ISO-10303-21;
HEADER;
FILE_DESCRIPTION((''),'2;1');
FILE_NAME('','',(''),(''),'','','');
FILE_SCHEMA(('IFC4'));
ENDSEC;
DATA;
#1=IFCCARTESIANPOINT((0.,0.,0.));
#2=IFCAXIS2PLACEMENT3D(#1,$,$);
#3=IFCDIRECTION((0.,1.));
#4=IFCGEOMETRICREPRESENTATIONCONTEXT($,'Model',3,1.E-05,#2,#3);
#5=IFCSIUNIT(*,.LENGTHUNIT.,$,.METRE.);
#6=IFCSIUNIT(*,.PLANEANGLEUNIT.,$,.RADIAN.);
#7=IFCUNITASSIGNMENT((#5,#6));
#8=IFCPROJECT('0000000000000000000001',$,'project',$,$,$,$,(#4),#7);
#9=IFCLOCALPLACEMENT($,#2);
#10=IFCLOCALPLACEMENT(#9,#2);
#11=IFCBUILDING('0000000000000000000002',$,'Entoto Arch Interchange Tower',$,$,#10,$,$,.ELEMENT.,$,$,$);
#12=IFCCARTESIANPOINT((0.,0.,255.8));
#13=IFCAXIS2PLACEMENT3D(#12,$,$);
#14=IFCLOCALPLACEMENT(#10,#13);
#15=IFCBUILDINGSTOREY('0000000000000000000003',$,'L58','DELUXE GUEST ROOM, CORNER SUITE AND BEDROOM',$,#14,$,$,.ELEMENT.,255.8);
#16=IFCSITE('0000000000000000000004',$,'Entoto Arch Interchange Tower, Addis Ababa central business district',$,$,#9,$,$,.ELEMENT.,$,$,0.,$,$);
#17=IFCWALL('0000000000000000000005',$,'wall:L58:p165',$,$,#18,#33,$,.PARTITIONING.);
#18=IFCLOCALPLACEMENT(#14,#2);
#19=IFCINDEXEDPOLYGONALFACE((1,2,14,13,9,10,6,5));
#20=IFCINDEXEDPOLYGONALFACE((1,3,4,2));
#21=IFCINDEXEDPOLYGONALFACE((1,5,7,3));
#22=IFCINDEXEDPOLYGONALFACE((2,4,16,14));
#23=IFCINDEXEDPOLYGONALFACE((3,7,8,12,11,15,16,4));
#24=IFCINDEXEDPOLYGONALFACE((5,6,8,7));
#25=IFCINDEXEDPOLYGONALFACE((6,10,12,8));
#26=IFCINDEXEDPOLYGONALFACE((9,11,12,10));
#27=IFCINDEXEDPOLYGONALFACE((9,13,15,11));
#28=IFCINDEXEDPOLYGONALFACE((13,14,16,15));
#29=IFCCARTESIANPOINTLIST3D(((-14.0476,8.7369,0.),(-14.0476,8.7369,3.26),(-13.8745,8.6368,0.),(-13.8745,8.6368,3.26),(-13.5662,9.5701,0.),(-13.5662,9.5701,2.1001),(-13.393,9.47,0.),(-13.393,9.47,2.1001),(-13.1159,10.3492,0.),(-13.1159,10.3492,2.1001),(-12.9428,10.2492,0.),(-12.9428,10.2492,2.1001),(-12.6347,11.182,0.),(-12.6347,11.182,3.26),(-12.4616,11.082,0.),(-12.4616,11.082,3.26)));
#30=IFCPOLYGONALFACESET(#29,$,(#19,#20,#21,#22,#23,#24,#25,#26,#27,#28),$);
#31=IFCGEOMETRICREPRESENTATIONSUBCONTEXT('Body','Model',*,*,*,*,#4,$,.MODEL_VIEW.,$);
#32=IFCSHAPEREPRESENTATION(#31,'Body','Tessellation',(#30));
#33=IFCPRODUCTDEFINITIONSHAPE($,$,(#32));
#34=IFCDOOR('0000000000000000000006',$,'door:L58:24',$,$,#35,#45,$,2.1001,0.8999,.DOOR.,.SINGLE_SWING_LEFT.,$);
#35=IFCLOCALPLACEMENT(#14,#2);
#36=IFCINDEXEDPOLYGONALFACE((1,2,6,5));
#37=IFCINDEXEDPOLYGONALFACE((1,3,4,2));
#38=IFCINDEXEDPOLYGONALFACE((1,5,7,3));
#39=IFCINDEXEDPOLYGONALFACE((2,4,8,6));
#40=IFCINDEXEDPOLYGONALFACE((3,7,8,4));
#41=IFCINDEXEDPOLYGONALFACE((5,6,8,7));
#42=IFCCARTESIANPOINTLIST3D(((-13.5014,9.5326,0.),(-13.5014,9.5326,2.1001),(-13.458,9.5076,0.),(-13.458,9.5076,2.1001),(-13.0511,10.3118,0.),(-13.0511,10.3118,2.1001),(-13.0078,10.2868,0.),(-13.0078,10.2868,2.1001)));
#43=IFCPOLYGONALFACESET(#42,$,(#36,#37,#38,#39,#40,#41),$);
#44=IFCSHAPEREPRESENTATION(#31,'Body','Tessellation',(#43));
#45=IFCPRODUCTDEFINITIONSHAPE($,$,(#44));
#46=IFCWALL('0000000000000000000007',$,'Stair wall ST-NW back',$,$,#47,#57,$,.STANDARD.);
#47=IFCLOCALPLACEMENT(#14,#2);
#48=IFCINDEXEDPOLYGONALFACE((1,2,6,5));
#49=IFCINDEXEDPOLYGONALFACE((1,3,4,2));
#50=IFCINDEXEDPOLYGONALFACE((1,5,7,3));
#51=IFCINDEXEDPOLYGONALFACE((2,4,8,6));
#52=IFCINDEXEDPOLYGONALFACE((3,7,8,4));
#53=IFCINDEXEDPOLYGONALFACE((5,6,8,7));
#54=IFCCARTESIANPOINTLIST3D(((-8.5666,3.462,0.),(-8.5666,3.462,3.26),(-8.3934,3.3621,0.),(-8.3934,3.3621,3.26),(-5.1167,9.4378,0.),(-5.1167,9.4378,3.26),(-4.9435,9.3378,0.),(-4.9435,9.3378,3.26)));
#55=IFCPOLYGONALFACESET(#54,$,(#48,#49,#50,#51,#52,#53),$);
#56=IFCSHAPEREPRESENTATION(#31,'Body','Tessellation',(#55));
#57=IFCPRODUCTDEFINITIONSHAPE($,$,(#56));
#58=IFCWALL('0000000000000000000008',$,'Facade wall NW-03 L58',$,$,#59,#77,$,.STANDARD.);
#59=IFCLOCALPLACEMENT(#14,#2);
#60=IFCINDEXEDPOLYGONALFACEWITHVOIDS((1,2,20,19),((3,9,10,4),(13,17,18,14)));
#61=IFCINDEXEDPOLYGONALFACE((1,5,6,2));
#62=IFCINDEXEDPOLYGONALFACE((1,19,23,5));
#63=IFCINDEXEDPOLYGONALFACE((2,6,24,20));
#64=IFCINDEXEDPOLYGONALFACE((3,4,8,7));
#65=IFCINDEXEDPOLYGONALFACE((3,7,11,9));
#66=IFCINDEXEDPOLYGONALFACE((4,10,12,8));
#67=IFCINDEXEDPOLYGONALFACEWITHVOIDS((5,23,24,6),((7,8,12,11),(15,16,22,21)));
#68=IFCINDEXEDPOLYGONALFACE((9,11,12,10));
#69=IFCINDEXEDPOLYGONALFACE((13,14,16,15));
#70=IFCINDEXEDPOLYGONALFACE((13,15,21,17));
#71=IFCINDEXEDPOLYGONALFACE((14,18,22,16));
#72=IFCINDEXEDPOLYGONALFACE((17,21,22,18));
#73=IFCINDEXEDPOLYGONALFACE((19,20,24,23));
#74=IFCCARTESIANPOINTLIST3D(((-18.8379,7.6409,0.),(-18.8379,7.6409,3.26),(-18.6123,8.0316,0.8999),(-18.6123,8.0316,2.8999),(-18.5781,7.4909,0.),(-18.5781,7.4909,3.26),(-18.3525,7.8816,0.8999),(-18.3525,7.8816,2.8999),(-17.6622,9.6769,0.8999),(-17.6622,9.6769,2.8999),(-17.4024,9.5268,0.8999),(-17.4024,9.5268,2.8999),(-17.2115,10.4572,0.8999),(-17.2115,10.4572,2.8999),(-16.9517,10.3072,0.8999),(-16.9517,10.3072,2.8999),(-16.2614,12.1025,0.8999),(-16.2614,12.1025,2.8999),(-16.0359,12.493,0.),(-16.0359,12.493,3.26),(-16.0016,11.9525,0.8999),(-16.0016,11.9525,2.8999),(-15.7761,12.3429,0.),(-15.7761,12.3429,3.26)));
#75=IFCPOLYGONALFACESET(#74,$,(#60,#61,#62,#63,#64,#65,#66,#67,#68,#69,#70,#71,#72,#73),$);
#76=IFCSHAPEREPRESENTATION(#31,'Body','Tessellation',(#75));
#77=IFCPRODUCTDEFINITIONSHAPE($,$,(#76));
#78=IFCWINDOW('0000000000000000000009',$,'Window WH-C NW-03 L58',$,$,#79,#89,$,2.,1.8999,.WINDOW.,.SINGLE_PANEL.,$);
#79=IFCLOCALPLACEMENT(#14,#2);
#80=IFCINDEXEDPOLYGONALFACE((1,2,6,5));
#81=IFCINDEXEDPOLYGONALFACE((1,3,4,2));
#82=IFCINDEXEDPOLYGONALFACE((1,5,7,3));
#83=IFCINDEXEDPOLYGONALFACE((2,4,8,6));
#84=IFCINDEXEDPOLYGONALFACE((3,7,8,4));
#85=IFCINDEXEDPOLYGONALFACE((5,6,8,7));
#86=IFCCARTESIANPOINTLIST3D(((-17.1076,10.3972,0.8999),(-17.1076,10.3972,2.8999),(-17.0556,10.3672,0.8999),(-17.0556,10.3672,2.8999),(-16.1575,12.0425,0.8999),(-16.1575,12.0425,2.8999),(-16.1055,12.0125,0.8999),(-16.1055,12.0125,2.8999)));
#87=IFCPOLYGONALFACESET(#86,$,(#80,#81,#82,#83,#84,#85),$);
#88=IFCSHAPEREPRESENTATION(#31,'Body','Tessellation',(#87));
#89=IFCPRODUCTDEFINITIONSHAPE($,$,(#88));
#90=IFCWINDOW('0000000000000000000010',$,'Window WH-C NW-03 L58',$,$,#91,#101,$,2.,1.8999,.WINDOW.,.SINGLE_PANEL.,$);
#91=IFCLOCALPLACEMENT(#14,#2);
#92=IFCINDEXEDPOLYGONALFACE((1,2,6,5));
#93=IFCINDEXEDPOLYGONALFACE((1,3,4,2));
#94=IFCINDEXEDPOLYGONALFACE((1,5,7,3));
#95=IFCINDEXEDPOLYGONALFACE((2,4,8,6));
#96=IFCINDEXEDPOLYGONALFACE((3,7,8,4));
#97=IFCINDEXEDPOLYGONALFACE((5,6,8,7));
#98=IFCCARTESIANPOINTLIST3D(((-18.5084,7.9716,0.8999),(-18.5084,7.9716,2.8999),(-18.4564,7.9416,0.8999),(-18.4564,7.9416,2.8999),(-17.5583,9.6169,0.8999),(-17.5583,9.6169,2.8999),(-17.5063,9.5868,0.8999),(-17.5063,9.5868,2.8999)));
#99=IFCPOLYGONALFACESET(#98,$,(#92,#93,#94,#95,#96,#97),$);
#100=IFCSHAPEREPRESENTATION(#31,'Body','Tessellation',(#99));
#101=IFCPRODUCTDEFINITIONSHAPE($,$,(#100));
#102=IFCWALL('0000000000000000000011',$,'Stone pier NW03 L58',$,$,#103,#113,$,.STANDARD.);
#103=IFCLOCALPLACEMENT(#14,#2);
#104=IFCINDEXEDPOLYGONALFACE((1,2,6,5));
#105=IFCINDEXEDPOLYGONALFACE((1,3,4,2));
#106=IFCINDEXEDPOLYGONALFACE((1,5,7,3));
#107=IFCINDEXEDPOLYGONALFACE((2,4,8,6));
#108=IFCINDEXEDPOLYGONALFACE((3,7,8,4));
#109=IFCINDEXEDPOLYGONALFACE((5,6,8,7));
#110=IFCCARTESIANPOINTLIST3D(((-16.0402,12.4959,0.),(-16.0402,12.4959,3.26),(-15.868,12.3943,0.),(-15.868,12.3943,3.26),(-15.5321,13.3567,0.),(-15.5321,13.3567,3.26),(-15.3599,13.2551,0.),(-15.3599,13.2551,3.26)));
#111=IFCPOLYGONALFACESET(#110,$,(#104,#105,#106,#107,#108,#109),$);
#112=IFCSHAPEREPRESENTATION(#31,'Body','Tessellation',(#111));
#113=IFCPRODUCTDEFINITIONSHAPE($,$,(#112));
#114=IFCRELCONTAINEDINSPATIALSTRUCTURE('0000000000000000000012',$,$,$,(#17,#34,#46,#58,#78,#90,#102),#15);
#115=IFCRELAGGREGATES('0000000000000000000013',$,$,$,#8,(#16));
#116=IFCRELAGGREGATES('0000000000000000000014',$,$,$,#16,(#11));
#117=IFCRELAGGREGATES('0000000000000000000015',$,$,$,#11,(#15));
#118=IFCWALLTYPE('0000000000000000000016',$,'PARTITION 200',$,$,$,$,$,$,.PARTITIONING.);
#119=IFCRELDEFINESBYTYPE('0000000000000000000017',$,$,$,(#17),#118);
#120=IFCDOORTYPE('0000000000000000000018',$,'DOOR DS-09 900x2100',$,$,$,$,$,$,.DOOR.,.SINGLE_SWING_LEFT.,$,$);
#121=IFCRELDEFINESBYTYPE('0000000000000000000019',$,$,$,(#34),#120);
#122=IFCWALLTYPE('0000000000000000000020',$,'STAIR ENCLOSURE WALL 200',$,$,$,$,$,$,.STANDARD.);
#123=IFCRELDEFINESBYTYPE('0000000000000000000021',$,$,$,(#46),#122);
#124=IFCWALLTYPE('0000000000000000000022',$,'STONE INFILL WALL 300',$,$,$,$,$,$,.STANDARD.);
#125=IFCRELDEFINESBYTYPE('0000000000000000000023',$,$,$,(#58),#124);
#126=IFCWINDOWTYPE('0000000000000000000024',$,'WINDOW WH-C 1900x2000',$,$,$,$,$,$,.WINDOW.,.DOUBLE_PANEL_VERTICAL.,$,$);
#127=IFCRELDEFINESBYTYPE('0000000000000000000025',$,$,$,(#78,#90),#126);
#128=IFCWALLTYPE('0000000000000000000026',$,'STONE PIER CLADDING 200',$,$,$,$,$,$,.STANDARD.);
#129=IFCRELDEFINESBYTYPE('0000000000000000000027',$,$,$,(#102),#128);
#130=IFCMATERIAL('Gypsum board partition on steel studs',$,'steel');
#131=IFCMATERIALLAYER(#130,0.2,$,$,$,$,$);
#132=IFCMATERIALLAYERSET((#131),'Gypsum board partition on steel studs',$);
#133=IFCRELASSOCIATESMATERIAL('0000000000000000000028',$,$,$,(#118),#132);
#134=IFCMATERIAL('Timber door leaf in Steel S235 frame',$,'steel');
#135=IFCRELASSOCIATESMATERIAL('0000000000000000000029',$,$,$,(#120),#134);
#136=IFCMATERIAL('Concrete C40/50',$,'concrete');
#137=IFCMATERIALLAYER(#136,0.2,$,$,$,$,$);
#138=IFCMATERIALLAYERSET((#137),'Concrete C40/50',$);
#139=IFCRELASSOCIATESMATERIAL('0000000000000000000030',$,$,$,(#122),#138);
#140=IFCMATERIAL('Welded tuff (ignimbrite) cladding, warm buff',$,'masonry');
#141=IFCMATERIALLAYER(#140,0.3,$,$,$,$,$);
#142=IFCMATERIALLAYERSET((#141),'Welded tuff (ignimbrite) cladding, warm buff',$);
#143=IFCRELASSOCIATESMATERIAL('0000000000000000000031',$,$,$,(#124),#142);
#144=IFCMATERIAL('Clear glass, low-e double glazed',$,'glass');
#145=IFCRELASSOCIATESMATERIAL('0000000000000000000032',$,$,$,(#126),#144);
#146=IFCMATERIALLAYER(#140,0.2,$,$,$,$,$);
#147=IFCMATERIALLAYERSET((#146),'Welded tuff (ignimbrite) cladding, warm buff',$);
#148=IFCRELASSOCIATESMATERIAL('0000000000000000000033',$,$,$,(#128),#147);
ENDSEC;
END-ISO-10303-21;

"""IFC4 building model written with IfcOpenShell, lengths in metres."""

from ifc_helpers import new_model, si_unit, direction, frame, frame_2d, origin, place, context, subcontext, project, spatial, rectangle, extrude, material, layer, layer_set, type_object, element, fill, save


model = new_model("IFC4")

# Units and contexts
model_context = context("Model", 3, precision=1e-05, world=origin(), true_north=direction((0.0, 1.0)))
body_context = subcontext(model_context, "Body", "Model", "MODEL_VIEW")
ifc_project = project(units=[si_unit("LENGTHUNIT", "METRE"), si_unit("PLANEANGLEUNIT", "RADIAN")], contexts=[model_context])

# Site, building, storey
site_placement = place(None, origin())
site = spatial("IfcSite", under=ifc_project, at=site_placement, Name="Entoto Arch Interchange Tower, Addis Ababa central business district", CompositionType="ELEMENT", RefElevation=0.0)
building_placement = place(site_placement, origin())
building = spatial("IfcBuilding", under=site, at=building_placement, Name="Entoto Arch Interchange Tower", CompositionType="ELEMENT")
storey_placement = place(building_placement, frame((0.0, 0.0, 255.8)))
storey = spatial("IfcBuildingStorey", under=building, at=storey_placement, Name="L58", Description="DELUXE GUEST ROOM, CORNER SUITE AND BEDROOM", CompositionType="ELEMENT", Elevation=255.8)

# Shared definitions
ifc_material_1 = material(Name="Concrete C40/50", Category="concrete")

# Shared definitions
ifc_material_2 = material(Name="Gypsum board partition on steel studs", Category="steel")
ifc_layer_1 = layer(ifc_material_2, 0.2)
ifc_layer_set_1 = layer_set([ifc_layer_1], Name="Gypsum board partition on steel studs")
wall_type_1 = type_object("IfcWallType", Name="PARTITION 200", PredefinedType="PARTITIONING", material=ifc_layer_set_1)

# Shared definitions
ifc_material_3 = material(Name="Timber door leaf in Steel S235 frame", Category="steel")

# Shared definitions
door_type_1 = type_object("IfcDoorType", Name="DOOR DS-09 900x2100", OperationType="SINGLE_SWING_LEFT", PredefinedType="DOOR", material=ifc_material_3)

# Wall, opening, door
wall_1_placement = place(storey_placement, frame((-12.5481, 11.1321, 0.0), z_axis=(0.0, 0.0, 1.0), x_axis=(-0.500314, -0.865844, 0.0)))
wall_1 = element("IfcWall", 1, at=wall_1_placement, inside=storey, type_object=wall_type_1, Name="wall:L58:p165", PredefinedType="PARTITIONING", context=body_context, shape_type="SweptSolid", body=[
    extrude(rectangle(XDim=2.824, YDim=0.2, at=frame_2d((1.4121, 0.0))), origin(), (0.0, 0.0, 1.0), 3.26),
])
opening_1_placement = place(wall_1_placement, frame((0.9619, 0.0, 0.0)))
opening_1 = element("IfcOpeningElement", 2, at=opening_1_placement, cuts=wall_1, PredefinedType="OPENING", context=body_context, shape_type="SweptSolid", body=[
    extrude(rectangle(XDim=0.8999, YDim=2.1001, at=frame_2d((0.45, 1.05))), frame((0.0, 0.1099, 0.0), z_axis=(0.0, -1.0, 0.0), x_axis=(1.0, 0.0, 0.0)), (0.0, 0.0, 1.0), 0.22),
])
door_1_placement = place(opening_1_placement, origin())
door_1 = element("IfcDoor", 3, at=door_1_placement, inside=storey, type_object=door_type_1, Name="door:L58:24", OperationType="SINGLE_SWING_LEFT", OverallHeight=2.1001, OverallWidth=0.8999, PredefinedType="DOOR", context=body_context, shape_type="SweptSolid", body=[
    extrude(rectangle(XDim=0.8999, YDim=2.1001, at=frame_2d((0.45, 1.05))), frame((0.0, 0.0249, 0.0), z_axis=(0.0, -1.0, 0.0), x_axis=(1.0, 0.0, 0.0)), (0.0, 0.0, 1.0), 0.05),
])
fill(opening_1, door_1)

# Wall
ifc_layer_2 = layer(ifc_material_1, 0.2)
ifc_layer_set_2 = layer_set([ifc_layer_2], Name="Concrete C40/50")
wall_type_2 = type_object("IfcWallType", Name="STAIR ENCLOSURE WALL 200", PredefinedType="STANDARD", material=ifc_layer_set_2)
wall_2_placement = place(storey_placement, frame((-5.03, 9.3879, 0.0), z_axis=(0.0, 0.0, 1.0), x_axis=(-0.499979, -0.866038, 0.0)))
element("IfcWall", 4, at=wall_2_placement, inside=storey, type_object=wall_type_2, Name="Stair wall ST-NW back", PredefinedType="STANDARD", context=body_context, shape_type="SweptSolid", body=[
    extrude(rectangle(XDim=6.9001, YDim=0.2, at=frame_2d((3.4502, 0.0))), origin(), (0.0, 0.0, 1.0), 3.26),
])

# Wall, openings, windows
ifc_material_4 = material(Name="Welded tuff (ignimbrite) cladding, warm buff", Category="masonry")
ifc_layer_3 = layer(ifc_material_4, 0.3)
ifc_layer_set_3 = layer_set([ifc_layer_3], Name="Welded tuff (ignimbrite) cladding, warm buff")
wall_type_3 = type_object("IfcWallType", Name="STONE INFILL WALL 300", PredefinedType="STANDARD", material=ifc_layer_set_3)
wall_3_placement = place(storey_placement, frame((-15.906, 12.418, 0.0), z_axis=(0.0, 0.0, 1.0), x_axis=(-0.50009, -0.865974, 0.0)))
wall_3 = element("IfcWall", 5, at=wall_3_placement, inside=storey, type_object=wall_type_3, Name="Facade wall NW-03 L58", PredefinedType="STANDARD", context=body_context, shape_type="SweptSolid", body=[
    extrude(rectangle(XDim=5.603, YDim=0.3, at=frame_2d((2.8015, 0.0))), origin(), (0.0, 0.0, 1.0), 3.26),
])
opening_2_placement = place(wall_3_placement, frame((0.4509, 0.0, 0.8999)))
opening_2 = element("IfcOpeningElement", 6, at=opening_2_placement, cuts=wall_3, PredefinedType="OPENING", context=body_context, shape_type="SweptSolid", body=[
    extrude(rectangle(XDim=1.8999, YDim=2.0, at=frame_2d((0.95, 1.0))), frame((0.0, 0.1602, 0.0), z_axis=(0.0, -1.0, 0.0), x_axis=(1.0, 0.0, 0.0)), (0.0, 0.0, 1.0), 0.3201),
])
opening_3_placement = place(wall_3_placement, frame((3.252, 0.0, 0.8999)))
opening_3 = element("IfcOpeningElement", 7, at=opening_3_placement, cuts=wall_3, PredefinedType="OPENING", context=body_context, shape_type="SweptSolid", body=[
    extrude(rectangle(XDim=1.8999, YDim=2.0, at=frame_2d((0.95, 1.0))), frame((0.0, 0.1602, 0.0), z_axis=(0.0, -1.0, 0.0), x_axis=(1.0, 0.0, 0.0)), (0.0, 0.0, 1.0), 0.3201),
])
ifc_material_5 = material(Name="Clear glass, low-e double glazed", Category="glass")
window_type = type_object("IfcWindowType", Name="WINDOW WH-C 1900x2000", PartitioningType="DOUBLE_PANEL_VERTICAL", PredefinedType="WINDOW", material=ifc_material_5)
window_1_placement = place(opening_2_placement, origin())
window_1 = element("IfcWindow", 8, at=window_1_placement, inside=storey, type_object=window_type, Name="Window WH-C NW-03 L58", OverallHeight=2.0, OverallWidth=1.8999, PartitioningType="SINGLE_PANEL", PredefinedType="WINDOW", context=body_context, shape_type="SweptSolid", body=[
    extrude(rectangle(XDim=1.8999, YDim=2.0, at=frame_2d((0.95, 1.0))), frame((0.0, 0.03, 0.0), z_axis=(0.0, -1.0, 0.0), x_axis=(1.0, 0.0, 0.0)), (0.0, 0.0, 1.0), 0.0601),
])
fill(opening_2, window_1)
window_2_placement = place(opening_3_placement, origin())
window_2 = element("IfcWindow", 9, at=window_2_placement, inside=storey, type_object=window_type, Name="Window WH-C NW-03 L58", OverallHeight=2.0, OverallWidth=1.8999, PartitioningType="SINGLE_PANEL", PredefinedType="WINDOW", context=body_context, shape_type="SweptSolid", body=[
    extrude(rectangle(XDim=1.8999, YDim=2.0, at=frame_2d((0.95, 1.0))), frame((0.0, 0.03, 0.0), z_axis=(0.0, -1.0, 0.0), x_axis=(1.0, 0.0, 0.0)), (0.0, 0.0, 1.0), 0.0601),
])
fill(opening_3, window_2)

# Wall
ifc_layer_4 = layer(ifc_material_4, 0.2)
ifc_layer_set_4 = layer_set([ifc_layer_4], Name="Welded tuff (ignimbrite) cladding, warm buff")
wall_type_4 = type_object("IfcWallType", Name="STONE PIER CLADDING 200", PredefinedType="STANDARD", material=ifc_layer_set_4)
wall_4_placement = place(storey_placement, frame((-15.446, 13.3059, 0.0), z_axis=(0.0, 0.0, 1.0), x_axis=(-0.508268, -0.861199, 0.0)))
element("IfcWall", 10, at=wall_4_placement, inside=storey, type_object=wall_type_4, Name="Stone pier NW03 L58", PredefinedType="STANDARD", context=body_context, shape_type="SweptSolid", body=[
    extrude(rectangle(XDim=0.9995, YDim=0.2, at=frame_2d((0.4998, 0.0))), origin(), (0.0, 0.0, 1.0), 3.26),
])

save(model, "model.ifc")
